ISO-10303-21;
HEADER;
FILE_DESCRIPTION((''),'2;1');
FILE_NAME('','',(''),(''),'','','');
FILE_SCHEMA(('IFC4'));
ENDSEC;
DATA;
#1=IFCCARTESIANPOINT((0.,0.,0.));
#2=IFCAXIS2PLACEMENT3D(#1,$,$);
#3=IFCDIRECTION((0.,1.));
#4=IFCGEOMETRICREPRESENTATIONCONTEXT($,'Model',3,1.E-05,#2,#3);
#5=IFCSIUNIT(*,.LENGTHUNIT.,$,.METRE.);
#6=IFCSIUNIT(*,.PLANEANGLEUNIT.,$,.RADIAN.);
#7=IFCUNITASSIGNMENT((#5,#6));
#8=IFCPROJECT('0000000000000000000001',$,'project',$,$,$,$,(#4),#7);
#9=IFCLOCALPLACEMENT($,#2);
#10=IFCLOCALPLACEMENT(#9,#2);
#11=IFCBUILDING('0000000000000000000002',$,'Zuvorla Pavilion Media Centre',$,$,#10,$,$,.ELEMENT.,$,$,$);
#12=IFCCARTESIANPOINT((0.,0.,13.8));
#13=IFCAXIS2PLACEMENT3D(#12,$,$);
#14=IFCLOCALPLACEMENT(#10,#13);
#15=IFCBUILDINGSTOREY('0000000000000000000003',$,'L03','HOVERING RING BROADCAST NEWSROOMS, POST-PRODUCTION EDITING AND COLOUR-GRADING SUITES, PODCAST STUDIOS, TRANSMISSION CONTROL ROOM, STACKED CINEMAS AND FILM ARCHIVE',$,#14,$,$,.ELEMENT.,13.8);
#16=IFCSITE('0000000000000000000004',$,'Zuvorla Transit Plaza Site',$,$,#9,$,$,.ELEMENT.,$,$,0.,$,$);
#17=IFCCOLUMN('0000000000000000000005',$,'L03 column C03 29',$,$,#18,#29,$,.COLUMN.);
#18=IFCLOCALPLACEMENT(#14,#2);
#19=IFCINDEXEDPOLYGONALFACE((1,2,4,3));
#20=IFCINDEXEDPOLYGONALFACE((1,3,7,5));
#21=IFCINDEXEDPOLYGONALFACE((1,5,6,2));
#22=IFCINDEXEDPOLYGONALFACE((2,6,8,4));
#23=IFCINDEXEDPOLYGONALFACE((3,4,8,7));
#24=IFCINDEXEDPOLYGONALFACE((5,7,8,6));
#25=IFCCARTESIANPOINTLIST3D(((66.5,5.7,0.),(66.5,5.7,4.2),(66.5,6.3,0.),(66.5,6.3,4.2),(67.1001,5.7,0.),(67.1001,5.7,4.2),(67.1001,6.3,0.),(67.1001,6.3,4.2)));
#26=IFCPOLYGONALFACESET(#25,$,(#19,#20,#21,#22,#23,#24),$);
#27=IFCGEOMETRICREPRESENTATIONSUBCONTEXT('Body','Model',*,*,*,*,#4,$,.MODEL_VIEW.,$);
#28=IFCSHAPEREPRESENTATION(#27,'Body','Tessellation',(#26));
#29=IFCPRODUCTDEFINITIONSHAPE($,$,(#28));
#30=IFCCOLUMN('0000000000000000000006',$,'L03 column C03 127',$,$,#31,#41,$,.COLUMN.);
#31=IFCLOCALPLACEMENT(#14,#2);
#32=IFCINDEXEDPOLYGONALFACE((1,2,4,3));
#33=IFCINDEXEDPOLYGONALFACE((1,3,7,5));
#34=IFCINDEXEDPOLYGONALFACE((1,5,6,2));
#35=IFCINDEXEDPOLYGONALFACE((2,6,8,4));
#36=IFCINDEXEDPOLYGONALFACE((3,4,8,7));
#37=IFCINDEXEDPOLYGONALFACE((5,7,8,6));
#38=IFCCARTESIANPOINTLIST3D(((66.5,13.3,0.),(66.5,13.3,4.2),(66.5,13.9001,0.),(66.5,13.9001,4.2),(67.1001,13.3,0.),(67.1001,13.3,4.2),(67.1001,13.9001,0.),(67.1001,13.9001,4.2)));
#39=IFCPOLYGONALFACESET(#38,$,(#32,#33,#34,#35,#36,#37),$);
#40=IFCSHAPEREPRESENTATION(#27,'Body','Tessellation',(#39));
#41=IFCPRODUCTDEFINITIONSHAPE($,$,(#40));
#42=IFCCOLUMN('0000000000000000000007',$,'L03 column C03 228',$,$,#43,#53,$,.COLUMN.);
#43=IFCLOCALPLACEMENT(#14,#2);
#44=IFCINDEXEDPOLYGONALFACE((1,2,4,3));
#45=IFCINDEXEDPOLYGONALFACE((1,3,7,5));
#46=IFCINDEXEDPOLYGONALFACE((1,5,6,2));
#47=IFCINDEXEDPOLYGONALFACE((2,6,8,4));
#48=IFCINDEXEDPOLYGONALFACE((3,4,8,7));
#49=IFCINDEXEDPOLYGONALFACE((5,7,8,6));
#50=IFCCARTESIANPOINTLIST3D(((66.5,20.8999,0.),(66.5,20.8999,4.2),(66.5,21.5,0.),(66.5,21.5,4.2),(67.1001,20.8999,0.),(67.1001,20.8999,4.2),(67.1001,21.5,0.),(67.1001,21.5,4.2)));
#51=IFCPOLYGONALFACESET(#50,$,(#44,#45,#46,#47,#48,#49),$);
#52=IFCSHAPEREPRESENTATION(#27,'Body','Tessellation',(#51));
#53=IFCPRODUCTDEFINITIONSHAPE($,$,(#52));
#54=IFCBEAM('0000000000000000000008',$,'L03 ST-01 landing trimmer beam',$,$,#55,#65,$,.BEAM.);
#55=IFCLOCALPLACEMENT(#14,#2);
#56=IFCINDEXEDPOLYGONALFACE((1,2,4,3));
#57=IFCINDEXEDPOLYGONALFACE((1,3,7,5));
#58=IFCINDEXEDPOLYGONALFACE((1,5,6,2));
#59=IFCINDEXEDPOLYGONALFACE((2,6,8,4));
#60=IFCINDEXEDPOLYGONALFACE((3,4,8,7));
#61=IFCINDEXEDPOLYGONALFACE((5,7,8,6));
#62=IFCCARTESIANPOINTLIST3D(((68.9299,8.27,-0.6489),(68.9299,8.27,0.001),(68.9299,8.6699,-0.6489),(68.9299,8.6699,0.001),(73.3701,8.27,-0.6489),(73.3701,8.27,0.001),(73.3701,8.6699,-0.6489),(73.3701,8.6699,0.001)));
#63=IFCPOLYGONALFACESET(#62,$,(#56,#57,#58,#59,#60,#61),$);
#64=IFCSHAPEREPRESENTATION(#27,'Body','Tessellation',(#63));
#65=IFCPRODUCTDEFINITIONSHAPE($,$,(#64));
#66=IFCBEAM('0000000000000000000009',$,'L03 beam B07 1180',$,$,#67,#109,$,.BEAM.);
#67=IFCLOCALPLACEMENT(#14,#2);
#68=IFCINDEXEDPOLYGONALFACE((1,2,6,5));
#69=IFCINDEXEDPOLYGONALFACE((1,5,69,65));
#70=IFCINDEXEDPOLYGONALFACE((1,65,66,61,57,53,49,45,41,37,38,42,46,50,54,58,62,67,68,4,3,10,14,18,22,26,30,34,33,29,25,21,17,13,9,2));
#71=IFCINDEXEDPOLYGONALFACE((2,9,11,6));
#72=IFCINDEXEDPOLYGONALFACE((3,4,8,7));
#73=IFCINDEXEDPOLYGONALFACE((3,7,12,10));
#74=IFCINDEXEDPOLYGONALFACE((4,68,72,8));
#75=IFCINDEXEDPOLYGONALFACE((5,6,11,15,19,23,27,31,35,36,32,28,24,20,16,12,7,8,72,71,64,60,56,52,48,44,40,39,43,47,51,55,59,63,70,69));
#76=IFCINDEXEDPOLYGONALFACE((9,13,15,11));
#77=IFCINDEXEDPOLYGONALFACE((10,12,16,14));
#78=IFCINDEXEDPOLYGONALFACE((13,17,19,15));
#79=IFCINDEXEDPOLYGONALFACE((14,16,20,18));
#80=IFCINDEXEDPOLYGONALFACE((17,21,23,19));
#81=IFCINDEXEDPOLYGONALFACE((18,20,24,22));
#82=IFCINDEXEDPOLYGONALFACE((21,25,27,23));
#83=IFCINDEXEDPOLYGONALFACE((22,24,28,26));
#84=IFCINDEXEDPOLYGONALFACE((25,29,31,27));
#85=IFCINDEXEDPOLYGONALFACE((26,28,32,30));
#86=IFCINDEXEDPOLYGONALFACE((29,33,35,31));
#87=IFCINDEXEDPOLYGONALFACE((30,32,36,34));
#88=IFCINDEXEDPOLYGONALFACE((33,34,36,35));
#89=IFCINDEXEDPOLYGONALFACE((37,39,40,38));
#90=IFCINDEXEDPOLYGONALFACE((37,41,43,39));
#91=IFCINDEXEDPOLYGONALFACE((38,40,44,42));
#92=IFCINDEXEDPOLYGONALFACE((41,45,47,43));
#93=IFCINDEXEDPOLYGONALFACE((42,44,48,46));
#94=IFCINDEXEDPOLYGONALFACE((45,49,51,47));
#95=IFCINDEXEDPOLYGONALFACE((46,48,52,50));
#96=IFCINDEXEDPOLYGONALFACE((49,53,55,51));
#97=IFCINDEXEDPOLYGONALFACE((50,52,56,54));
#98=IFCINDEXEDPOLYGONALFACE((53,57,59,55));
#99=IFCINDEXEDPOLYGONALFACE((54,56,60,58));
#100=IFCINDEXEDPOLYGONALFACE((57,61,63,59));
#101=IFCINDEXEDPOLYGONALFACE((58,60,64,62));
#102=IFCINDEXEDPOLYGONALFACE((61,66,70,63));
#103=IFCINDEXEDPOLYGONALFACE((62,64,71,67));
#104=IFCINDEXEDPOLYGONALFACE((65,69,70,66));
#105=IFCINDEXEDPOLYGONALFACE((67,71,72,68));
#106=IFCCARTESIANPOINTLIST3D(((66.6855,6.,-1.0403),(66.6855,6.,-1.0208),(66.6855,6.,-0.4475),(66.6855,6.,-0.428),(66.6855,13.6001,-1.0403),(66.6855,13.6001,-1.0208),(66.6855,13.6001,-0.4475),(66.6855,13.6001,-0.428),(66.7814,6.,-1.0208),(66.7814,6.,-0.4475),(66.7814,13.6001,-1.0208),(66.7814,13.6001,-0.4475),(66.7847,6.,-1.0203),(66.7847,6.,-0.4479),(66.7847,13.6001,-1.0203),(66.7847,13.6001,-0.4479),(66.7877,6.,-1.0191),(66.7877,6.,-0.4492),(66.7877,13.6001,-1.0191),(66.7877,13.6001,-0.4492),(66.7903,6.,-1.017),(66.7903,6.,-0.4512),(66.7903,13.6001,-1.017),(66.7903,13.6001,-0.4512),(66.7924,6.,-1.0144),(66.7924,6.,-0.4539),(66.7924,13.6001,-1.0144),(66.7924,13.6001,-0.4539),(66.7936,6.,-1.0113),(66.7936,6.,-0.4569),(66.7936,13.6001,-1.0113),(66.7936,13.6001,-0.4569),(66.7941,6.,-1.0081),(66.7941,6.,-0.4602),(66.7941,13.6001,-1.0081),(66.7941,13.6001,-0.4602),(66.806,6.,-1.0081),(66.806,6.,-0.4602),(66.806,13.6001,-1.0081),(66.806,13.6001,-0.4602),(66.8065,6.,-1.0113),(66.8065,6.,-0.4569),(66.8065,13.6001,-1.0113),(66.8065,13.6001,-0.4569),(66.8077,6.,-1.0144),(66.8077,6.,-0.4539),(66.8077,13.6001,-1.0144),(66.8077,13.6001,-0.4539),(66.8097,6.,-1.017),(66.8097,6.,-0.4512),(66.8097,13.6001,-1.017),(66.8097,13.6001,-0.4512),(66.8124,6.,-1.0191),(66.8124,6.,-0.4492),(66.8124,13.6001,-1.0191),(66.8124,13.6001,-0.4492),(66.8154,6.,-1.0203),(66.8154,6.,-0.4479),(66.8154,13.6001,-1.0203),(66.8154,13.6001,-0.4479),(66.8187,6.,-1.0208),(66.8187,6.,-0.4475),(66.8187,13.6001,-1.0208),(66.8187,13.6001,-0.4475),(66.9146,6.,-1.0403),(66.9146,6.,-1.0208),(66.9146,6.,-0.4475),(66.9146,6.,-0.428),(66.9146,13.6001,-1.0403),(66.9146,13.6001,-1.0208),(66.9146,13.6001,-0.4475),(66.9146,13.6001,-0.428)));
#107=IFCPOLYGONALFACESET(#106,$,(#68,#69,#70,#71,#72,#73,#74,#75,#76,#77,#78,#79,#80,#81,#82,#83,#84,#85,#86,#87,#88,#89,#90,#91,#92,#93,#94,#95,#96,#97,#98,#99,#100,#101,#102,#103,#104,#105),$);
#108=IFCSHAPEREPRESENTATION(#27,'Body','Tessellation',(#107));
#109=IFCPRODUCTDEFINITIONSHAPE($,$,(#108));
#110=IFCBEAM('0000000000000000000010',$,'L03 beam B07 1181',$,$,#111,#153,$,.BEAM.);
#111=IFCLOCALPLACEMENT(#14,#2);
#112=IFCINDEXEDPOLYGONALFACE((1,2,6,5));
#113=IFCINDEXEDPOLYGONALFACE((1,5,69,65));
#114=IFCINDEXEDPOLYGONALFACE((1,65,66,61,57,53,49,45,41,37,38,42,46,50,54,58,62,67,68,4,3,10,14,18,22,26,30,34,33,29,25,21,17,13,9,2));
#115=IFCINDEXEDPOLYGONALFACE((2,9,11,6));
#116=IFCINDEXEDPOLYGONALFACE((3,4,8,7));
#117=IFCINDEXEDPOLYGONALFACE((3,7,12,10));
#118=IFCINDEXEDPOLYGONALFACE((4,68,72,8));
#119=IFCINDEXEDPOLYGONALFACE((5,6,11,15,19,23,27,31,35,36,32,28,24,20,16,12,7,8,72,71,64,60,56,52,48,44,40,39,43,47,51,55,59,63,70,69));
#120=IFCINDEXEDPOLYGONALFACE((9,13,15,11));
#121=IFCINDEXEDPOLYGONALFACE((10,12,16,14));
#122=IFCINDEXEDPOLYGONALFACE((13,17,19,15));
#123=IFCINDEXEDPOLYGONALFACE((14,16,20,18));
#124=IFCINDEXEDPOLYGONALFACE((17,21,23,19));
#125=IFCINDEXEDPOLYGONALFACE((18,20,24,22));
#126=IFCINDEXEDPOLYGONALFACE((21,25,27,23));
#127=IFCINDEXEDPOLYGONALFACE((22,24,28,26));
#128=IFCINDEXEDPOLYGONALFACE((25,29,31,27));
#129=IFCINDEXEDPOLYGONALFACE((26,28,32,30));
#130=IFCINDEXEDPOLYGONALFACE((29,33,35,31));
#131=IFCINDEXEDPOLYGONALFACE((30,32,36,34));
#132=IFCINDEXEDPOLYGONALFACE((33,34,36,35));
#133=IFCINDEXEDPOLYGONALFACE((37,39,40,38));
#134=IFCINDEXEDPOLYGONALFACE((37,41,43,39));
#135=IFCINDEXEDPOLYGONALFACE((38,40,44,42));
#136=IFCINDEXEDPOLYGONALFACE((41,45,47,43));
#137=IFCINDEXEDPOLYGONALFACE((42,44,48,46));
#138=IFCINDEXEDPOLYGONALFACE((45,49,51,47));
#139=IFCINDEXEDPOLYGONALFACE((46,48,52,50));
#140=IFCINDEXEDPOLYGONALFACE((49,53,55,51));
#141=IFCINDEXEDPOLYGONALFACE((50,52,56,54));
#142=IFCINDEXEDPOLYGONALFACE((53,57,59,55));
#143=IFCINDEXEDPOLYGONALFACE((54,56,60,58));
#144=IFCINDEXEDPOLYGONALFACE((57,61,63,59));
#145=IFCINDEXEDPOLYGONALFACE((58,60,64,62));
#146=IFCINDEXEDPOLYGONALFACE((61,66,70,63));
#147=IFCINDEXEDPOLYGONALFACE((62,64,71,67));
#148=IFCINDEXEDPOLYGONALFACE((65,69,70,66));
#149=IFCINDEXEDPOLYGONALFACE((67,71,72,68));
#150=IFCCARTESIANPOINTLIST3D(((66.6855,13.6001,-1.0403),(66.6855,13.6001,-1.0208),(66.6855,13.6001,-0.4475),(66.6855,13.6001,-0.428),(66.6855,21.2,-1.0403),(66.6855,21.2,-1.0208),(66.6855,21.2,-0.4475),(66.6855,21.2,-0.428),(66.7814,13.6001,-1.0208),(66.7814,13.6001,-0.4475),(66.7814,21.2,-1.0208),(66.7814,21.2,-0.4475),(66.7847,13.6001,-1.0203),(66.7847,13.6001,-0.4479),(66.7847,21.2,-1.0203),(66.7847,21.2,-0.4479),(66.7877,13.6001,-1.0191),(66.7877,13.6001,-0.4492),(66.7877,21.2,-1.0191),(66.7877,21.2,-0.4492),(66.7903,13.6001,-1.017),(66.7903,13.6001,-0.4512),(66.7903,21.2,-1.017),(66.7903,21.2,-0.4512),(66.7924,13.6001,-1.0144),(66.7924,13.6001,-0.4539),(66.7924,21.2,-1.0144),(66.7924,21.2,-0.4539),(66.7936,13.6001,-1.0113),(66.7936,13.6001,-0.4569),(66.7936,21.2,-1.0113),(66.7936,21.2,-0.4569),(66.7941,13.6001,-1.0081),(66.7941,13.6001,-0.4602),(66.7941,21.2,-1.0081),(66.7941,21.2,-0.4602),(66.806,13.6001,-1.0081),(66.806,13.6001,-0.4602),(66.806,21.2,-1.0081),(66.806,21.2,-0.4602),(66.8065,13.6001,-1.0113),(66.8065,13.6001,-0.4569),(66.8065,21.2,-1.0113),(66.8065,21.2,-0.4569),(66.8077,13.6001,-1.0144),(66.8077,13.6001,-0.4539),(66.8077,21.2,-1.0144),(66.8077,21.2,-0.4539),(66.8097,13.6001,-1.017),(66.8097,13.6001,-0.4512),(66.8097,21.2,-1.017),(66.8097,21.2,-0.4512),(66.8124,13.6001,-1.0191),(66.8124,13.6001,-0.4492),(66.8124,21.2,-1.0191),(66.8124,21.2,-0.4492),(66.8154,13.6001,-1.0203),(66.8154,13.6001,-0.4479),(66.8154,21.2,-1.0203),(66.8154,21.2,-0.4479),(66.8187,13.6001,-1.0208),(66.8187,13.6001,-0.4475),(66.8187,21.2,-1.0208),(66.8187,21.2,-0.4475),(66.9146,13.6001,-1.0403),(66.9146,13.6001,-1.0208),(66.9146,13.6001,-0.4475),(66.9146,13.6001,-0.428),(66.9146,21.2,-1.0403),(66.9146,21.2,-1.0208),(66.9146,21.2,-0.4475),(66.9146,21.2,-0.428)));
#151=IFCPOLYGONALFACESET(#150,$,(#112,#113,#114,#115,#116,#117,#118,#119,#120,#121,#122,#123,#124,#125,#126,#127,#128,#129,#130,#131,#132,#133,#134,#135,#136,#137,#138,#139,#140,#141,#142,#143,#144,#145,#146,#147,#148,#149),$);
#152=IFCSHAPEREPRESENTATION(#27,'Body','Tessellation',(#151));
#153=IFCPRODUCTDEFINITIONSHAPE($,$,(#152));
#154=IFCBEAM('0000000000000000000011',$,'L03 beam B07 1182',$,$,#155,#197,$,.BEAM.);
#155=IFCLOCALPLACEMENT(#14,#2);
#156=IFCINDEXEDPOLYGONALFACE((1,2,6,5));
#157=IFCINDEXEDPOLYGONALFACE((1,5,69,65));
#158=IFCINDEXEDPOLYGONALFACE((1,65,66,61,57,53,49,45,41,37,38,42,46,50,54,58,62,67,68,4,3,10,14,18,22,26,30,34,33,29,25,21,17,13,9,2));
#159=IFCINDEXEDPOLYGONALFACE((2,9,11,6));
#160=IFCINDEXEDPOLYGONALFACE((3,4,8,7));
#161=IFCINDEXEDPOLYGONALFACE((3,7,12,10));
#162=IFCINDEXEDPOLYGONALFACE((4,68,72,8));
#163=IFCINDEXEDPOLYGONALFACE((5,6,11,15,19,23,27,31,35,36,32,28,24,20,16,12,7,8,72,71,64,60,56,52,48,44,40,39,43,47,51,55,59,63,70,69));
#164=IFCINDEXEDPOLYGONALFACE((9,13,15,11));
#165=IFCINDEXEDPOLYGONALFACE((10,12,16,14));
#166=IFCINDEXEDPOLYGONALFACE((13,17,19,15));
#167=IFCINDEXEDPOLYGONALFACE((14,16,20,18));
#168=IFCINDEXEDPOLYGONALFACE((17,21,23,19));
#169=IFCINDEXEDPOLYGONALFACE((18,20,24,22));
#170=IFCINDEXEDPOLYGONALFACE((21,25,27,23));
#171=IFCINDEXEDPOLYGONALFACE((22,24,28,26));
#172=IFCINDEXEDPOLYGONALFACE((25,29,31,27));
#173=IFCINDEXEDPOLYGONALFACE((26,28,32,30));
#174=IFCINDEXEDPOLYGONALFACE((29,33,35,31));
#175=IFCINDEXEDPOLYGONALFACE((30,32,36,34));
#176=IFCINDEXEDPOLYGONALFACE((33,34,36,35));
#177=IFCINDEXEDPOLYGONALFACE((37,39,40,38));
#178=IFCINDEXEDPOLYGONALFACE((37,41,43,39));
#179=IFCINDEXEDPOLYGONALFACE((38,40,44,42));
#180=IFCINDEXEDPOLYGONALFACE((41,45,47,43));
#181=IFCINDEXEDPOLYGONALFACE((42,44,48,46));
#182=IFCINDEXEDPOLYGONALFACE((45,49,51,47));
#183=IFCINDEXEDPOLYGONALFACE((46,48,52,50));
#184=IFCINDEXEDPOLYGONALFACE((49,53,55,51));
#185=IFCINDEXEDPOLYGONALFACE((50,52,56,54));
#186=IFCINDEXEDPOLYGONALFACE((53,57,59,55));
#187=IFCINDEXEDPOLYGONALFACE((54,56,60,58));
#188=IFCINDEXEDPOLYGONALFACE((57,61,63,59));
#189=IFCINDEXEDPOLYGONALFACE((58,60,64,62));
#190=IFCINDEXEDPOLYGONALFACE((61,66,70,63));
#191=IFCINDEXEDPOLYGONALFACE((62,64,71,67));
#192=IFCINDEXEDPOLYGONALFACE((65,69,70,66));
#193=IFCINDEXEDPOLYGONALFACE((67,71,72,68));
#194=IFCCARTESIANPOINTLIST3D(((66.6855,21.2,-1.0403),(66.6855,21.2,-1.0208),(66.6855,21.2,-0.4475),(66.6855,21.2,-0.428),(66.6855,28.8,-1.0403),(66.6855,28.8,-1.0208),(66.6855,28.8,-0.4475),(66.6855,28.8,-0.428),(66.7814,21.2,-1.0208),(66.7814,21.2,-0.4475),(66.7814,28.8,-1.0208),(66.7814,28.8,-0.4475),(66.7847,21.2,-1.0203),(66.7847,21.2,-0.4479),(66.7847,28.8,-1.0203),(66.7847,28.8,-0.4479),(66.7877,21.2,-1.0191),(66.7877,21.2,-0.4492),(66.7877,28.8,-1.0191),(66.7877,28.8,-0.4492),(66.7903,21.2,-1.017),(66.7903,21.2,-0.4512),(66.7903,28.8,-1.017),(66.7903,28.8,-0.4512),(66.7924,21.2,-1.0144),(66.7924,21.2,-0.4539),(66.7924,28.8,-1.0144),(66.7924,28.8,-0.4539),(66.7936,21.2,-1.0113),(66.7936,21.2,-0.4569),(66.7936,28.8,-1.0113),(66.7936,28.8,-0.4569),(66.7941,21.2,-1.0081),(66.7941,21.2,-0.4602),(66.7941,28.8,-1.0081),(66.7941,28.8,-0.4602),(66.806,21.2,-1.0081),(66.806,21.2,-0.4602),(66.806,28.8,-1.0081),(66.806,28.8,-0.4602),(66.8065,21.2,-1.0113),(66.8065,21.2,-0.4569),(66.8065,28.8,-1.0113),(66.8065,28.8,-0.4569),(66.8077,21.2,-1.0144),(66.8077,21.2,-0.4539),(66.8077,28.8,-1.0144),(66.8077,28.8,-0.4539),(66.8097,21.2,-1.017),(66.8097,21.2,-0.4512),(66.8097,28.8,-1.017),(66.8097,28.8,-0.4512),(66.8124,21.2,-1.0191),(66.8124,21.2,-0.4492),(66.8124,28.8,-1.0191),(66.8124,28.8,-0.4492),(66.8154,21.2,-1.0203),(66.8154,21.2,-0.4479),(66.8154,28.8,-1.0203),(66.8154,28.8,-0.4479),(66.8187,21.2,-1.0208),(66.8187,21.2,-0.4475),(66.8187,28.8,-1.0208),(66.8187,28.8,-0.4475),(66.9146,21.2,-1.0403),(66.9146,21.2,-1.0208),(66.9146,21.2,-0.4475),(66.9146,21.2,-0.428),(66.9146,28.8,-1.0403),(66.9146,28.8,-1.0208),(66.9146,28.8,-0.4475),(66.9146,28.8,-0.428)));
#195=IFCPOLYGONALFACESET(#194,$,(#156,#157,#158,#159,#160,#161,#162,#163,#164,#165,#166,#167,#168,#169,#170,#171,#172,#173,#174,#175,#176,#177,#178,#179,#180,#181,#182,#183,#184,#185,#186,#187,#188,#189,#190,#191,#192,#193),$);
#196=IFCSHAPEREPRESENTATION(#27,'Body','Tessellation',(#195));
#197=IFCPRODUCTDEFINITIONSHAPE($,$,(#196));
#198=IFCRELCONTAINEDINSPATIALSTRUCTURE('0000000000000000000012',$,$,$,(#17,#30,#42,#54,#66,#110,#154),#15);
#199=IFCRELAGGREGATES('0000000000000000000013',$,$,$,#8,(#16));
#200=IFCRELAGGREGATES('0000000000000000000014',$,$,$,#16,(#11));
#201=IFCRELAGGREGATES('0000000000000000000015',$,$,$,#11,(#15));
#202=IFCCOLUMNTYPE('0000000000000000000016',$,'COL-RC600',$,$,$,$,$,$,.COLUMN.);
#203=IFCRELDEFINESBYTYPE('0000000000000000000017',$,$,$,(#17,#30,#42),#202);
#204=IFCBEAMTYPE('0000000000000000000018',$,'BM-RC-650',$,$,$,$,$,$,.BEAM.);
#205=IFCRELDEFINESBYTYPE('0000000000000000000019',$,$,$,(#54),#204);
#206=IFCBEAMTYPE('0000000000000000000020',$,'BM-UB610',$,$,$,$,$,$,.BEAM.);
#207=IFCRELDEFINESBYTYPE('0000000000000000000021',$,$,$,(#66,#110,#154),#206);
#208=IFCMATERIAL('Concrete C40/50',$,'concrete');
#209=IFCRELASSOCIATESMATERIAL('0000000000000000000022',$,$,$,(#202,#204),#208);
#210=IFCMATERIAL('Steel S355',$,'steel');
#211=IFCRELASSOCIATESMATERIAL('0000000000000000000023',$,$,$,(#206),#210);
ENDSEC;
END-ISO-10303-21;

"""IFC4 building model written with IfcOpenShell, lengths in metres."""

from ifc_helpers import new_model, si_unit, direction, frame, origin, origin_2d, place, context, subcontext, project, spatial, rectangle, i_section, extrude, material, material_profile, profile_set, type_object, element, save


model = new_model("IFC4")

# Units and contexts
model_context = context("Model", 3, precision=1e-05, world=origin(), true_north=direction((0.0, 1.0)))
body_context = subcontext(model_context, "Body", "Model", "MODEL_VIEW")
ifc_project = project(units=[si_unit("LENGTHUNIT", "METRE"), si_unit("PLANEANGLEUNIT", "RADIAN")], contexts=[model_context])

# Site, building, storey
site_placement = place(None, origin())
site = spatial("IfcSite", under=ifc_project, at=site_placement, Name="Zuvorla Transit Plaza Site", CompositionType="ELEMENT", RefElevation=0.0)
building_placement = place(site_placement, origin())
building = spatial("IfcBuilding", under=site, at=building_placement, Name="Zuvorla Pavilion Media Centre", CompositionType="ELEMENT")
storey_placement = place(building_placement, frame((0.0, 0.0, 13.8)))
storey = spatial("IfcBuildingStorey", under=building, at=storey_placement, Name="L03", Description="HOVERING RING BROADCAST NEWSROOMS, POST-PRODUCTION EDITING AND COLOUR-GRADING SUITES, PODCAST STUDIOS, TRANSMISSION CONTROL ROOM, STACKED CINEMAS AND FILM ARCHIVE", CompositionType="ELEMENT", Elevation=13.8)

# Columns
ifc_material_1 = material(Name="Concrete C40/50", Category="concrete")
ifc_material_profile_1 = material_profile(ifc_material_1, rectangle(XDim=0.6001, YDim=0.6001, at=origin_2d()), Name="RC 600x600")
ifc_profile_set_1 = profile_set([ifc_material_profile_1], Name="Concrete C40/50")
column_type = type_object("IfcColumnType", Name="COL-RC600", PredefinedType="COLUMN", material=ifc_profile_set_1)
for number, where, z_axis, x_axis, name in (
    (1, (66.8, 6.0, 0.0), (0.0, 0.0, 1.0), (1.0, 0.0, 0.0), "L03 column C03 29"),
    (2, (66.8, 13.6001, 0.0), (0.0, 0.0, 1.0), (1.0, 0.0, 0.0), "L03 column C03 127"),
    (3, (66.8, 21.2, 0.0), (0.0, 0.0, 1.0), (1.0, 0.0, 0.0), "L03 column C03 228"),
):
    element("IfcColumn", number, at=place(storey_placement, frame(where, z_axis=z_axis, x_axis=x_axis)), inside=storey, type_object=column_type, Name=name, PredefinedType="COLUMN", context=body_context, shape_type="SweptSolid", body=[
        extrude(rectangle(XDim=0.6001, YDim=0.6001, at=origin_2d()), origin(), (0.0, 0.0, 1.0), 4.2),
    ])

# Beams
ifc_material_profile_2 = material_profile(ifc_material_1, rectangle(XDim=0.3999, YDim=0.6499, at=origin_2d()), Name="RC 400x650")
ifc_profile_set_2 = profile_set([ifc_material_profile_2], Name="Concrete C40/50")
beam_type_1 = type_object("IfcBeamType", Name="BM-RC-650", PredefinedType="BEAM", material=ifc_profile_set_2)
beam_1_placement = place(storey_placement, frame((68.9299, 8.47, -0.324), z_axis=(1.0, 0.0, 0.0), x_axis=(0.0, 1.0, 0.0)))
element("IfcBeam", 4, at=beam_1_placement, inside=storey, type_object=beam_type_1, Name="L03 ST-01 landing trimmer beam", PredefinedType="BEAM", context=body_context, shape_type="SweptSolid", body=[
    extrude(rectangle(XDim=0.3999, YDim=0.6499, at=origin_2d()), origin(), (0.0, 0.0, 1.0), 4.4402),
])
ifc_material_2 = material(Name="Steel S355", Category="steel")
ifc_material_profile_3 = material_profile(ifc_material_2, i_section(OverallWidth=0.229, OverallDepth=0.6123, WebThickness=0.012, FlangeThickness=0.0195, FilletRadius=0.0127, at=origin_2d()), Name="UB 610x229x125")
ifc_profile_set_3 = profile_set([ifc_material_profile_3], Name="Steel S355")
beam_type_2 = type_object("IfcBeamType", Name="BM-UB610", PredefinedType="BEAM", material=ifc_profile_set_3)
beam_2_placement = place(storey_placement, frame((66.8, 6.0, -0.7341), z_axis=(0.0, 1.0, 0.0), x_axis=(-1.0, 0.0, 0.0)))
element("IfcBeam", 5, at=beam_2_placement, inside=storey, type_object=beam_type_2, Name="L03 beam B07 1180", PredefinedType="BEAM", context=body_context, shape_type="SweptSolid", body=[
    extrude(i_section(OverallWidth=0.229, OverallDepth=0.6123, WebThickness=0.012, FlangeThickness=0.0195, FilletRadius=0.0127, at=origin_2d()), origin(), (0.0, 0.0, 1.0), 7.6001),
])
beam_3_placement = place(storey_placement, frame((66.8, 13.6001, -0.7341), z_axis=(0.0, 1.0, 0.0), x_axis=(-1.0, 0.0, 0.0)))
element("IfcBeam", 6, at=beam_3_placement, inside=storey, type_object=beam_type_2, Name="L03 beam B07 1181", PredefinedType="BEAM", context=body_context, shape_type="SweptSolid", body=[
    extrude(i_section(OverallWidth=0.229, OverallDepth=0.6123, WebThickness=0.012, FlangeThickness=0.0195, FilletRadius=0.0127, at=origin_2d()), origin(), (0.0, 0.0, 1.0), 7.5999),
])
beam_4_placement = place(storey_placement, frame((66.8, 21.2, -0.7341), z_axis=(0.0, 1.0, 0.0), x_axis=(-1.0, 0.0, 0.0)))
element("IfcBeam", 7, at=beam_4_placement, inside=storey, type_object=beam_type_2, Name="L03 beam B07 1182", PredefinedType="BEAM", context=body_context, shape_type="SweptSolid", body=[
    extrude(i_section(OverallWidth=0.229, OverallDepth=0.6123, WebThickness=0.012, FlangeThickness=0.0195, FilletRadius=0.0127, at=origin_2d()), origin(), (0.0, 0.0, 1.0), 7.6001),
])

save(model, "model.ifc")
